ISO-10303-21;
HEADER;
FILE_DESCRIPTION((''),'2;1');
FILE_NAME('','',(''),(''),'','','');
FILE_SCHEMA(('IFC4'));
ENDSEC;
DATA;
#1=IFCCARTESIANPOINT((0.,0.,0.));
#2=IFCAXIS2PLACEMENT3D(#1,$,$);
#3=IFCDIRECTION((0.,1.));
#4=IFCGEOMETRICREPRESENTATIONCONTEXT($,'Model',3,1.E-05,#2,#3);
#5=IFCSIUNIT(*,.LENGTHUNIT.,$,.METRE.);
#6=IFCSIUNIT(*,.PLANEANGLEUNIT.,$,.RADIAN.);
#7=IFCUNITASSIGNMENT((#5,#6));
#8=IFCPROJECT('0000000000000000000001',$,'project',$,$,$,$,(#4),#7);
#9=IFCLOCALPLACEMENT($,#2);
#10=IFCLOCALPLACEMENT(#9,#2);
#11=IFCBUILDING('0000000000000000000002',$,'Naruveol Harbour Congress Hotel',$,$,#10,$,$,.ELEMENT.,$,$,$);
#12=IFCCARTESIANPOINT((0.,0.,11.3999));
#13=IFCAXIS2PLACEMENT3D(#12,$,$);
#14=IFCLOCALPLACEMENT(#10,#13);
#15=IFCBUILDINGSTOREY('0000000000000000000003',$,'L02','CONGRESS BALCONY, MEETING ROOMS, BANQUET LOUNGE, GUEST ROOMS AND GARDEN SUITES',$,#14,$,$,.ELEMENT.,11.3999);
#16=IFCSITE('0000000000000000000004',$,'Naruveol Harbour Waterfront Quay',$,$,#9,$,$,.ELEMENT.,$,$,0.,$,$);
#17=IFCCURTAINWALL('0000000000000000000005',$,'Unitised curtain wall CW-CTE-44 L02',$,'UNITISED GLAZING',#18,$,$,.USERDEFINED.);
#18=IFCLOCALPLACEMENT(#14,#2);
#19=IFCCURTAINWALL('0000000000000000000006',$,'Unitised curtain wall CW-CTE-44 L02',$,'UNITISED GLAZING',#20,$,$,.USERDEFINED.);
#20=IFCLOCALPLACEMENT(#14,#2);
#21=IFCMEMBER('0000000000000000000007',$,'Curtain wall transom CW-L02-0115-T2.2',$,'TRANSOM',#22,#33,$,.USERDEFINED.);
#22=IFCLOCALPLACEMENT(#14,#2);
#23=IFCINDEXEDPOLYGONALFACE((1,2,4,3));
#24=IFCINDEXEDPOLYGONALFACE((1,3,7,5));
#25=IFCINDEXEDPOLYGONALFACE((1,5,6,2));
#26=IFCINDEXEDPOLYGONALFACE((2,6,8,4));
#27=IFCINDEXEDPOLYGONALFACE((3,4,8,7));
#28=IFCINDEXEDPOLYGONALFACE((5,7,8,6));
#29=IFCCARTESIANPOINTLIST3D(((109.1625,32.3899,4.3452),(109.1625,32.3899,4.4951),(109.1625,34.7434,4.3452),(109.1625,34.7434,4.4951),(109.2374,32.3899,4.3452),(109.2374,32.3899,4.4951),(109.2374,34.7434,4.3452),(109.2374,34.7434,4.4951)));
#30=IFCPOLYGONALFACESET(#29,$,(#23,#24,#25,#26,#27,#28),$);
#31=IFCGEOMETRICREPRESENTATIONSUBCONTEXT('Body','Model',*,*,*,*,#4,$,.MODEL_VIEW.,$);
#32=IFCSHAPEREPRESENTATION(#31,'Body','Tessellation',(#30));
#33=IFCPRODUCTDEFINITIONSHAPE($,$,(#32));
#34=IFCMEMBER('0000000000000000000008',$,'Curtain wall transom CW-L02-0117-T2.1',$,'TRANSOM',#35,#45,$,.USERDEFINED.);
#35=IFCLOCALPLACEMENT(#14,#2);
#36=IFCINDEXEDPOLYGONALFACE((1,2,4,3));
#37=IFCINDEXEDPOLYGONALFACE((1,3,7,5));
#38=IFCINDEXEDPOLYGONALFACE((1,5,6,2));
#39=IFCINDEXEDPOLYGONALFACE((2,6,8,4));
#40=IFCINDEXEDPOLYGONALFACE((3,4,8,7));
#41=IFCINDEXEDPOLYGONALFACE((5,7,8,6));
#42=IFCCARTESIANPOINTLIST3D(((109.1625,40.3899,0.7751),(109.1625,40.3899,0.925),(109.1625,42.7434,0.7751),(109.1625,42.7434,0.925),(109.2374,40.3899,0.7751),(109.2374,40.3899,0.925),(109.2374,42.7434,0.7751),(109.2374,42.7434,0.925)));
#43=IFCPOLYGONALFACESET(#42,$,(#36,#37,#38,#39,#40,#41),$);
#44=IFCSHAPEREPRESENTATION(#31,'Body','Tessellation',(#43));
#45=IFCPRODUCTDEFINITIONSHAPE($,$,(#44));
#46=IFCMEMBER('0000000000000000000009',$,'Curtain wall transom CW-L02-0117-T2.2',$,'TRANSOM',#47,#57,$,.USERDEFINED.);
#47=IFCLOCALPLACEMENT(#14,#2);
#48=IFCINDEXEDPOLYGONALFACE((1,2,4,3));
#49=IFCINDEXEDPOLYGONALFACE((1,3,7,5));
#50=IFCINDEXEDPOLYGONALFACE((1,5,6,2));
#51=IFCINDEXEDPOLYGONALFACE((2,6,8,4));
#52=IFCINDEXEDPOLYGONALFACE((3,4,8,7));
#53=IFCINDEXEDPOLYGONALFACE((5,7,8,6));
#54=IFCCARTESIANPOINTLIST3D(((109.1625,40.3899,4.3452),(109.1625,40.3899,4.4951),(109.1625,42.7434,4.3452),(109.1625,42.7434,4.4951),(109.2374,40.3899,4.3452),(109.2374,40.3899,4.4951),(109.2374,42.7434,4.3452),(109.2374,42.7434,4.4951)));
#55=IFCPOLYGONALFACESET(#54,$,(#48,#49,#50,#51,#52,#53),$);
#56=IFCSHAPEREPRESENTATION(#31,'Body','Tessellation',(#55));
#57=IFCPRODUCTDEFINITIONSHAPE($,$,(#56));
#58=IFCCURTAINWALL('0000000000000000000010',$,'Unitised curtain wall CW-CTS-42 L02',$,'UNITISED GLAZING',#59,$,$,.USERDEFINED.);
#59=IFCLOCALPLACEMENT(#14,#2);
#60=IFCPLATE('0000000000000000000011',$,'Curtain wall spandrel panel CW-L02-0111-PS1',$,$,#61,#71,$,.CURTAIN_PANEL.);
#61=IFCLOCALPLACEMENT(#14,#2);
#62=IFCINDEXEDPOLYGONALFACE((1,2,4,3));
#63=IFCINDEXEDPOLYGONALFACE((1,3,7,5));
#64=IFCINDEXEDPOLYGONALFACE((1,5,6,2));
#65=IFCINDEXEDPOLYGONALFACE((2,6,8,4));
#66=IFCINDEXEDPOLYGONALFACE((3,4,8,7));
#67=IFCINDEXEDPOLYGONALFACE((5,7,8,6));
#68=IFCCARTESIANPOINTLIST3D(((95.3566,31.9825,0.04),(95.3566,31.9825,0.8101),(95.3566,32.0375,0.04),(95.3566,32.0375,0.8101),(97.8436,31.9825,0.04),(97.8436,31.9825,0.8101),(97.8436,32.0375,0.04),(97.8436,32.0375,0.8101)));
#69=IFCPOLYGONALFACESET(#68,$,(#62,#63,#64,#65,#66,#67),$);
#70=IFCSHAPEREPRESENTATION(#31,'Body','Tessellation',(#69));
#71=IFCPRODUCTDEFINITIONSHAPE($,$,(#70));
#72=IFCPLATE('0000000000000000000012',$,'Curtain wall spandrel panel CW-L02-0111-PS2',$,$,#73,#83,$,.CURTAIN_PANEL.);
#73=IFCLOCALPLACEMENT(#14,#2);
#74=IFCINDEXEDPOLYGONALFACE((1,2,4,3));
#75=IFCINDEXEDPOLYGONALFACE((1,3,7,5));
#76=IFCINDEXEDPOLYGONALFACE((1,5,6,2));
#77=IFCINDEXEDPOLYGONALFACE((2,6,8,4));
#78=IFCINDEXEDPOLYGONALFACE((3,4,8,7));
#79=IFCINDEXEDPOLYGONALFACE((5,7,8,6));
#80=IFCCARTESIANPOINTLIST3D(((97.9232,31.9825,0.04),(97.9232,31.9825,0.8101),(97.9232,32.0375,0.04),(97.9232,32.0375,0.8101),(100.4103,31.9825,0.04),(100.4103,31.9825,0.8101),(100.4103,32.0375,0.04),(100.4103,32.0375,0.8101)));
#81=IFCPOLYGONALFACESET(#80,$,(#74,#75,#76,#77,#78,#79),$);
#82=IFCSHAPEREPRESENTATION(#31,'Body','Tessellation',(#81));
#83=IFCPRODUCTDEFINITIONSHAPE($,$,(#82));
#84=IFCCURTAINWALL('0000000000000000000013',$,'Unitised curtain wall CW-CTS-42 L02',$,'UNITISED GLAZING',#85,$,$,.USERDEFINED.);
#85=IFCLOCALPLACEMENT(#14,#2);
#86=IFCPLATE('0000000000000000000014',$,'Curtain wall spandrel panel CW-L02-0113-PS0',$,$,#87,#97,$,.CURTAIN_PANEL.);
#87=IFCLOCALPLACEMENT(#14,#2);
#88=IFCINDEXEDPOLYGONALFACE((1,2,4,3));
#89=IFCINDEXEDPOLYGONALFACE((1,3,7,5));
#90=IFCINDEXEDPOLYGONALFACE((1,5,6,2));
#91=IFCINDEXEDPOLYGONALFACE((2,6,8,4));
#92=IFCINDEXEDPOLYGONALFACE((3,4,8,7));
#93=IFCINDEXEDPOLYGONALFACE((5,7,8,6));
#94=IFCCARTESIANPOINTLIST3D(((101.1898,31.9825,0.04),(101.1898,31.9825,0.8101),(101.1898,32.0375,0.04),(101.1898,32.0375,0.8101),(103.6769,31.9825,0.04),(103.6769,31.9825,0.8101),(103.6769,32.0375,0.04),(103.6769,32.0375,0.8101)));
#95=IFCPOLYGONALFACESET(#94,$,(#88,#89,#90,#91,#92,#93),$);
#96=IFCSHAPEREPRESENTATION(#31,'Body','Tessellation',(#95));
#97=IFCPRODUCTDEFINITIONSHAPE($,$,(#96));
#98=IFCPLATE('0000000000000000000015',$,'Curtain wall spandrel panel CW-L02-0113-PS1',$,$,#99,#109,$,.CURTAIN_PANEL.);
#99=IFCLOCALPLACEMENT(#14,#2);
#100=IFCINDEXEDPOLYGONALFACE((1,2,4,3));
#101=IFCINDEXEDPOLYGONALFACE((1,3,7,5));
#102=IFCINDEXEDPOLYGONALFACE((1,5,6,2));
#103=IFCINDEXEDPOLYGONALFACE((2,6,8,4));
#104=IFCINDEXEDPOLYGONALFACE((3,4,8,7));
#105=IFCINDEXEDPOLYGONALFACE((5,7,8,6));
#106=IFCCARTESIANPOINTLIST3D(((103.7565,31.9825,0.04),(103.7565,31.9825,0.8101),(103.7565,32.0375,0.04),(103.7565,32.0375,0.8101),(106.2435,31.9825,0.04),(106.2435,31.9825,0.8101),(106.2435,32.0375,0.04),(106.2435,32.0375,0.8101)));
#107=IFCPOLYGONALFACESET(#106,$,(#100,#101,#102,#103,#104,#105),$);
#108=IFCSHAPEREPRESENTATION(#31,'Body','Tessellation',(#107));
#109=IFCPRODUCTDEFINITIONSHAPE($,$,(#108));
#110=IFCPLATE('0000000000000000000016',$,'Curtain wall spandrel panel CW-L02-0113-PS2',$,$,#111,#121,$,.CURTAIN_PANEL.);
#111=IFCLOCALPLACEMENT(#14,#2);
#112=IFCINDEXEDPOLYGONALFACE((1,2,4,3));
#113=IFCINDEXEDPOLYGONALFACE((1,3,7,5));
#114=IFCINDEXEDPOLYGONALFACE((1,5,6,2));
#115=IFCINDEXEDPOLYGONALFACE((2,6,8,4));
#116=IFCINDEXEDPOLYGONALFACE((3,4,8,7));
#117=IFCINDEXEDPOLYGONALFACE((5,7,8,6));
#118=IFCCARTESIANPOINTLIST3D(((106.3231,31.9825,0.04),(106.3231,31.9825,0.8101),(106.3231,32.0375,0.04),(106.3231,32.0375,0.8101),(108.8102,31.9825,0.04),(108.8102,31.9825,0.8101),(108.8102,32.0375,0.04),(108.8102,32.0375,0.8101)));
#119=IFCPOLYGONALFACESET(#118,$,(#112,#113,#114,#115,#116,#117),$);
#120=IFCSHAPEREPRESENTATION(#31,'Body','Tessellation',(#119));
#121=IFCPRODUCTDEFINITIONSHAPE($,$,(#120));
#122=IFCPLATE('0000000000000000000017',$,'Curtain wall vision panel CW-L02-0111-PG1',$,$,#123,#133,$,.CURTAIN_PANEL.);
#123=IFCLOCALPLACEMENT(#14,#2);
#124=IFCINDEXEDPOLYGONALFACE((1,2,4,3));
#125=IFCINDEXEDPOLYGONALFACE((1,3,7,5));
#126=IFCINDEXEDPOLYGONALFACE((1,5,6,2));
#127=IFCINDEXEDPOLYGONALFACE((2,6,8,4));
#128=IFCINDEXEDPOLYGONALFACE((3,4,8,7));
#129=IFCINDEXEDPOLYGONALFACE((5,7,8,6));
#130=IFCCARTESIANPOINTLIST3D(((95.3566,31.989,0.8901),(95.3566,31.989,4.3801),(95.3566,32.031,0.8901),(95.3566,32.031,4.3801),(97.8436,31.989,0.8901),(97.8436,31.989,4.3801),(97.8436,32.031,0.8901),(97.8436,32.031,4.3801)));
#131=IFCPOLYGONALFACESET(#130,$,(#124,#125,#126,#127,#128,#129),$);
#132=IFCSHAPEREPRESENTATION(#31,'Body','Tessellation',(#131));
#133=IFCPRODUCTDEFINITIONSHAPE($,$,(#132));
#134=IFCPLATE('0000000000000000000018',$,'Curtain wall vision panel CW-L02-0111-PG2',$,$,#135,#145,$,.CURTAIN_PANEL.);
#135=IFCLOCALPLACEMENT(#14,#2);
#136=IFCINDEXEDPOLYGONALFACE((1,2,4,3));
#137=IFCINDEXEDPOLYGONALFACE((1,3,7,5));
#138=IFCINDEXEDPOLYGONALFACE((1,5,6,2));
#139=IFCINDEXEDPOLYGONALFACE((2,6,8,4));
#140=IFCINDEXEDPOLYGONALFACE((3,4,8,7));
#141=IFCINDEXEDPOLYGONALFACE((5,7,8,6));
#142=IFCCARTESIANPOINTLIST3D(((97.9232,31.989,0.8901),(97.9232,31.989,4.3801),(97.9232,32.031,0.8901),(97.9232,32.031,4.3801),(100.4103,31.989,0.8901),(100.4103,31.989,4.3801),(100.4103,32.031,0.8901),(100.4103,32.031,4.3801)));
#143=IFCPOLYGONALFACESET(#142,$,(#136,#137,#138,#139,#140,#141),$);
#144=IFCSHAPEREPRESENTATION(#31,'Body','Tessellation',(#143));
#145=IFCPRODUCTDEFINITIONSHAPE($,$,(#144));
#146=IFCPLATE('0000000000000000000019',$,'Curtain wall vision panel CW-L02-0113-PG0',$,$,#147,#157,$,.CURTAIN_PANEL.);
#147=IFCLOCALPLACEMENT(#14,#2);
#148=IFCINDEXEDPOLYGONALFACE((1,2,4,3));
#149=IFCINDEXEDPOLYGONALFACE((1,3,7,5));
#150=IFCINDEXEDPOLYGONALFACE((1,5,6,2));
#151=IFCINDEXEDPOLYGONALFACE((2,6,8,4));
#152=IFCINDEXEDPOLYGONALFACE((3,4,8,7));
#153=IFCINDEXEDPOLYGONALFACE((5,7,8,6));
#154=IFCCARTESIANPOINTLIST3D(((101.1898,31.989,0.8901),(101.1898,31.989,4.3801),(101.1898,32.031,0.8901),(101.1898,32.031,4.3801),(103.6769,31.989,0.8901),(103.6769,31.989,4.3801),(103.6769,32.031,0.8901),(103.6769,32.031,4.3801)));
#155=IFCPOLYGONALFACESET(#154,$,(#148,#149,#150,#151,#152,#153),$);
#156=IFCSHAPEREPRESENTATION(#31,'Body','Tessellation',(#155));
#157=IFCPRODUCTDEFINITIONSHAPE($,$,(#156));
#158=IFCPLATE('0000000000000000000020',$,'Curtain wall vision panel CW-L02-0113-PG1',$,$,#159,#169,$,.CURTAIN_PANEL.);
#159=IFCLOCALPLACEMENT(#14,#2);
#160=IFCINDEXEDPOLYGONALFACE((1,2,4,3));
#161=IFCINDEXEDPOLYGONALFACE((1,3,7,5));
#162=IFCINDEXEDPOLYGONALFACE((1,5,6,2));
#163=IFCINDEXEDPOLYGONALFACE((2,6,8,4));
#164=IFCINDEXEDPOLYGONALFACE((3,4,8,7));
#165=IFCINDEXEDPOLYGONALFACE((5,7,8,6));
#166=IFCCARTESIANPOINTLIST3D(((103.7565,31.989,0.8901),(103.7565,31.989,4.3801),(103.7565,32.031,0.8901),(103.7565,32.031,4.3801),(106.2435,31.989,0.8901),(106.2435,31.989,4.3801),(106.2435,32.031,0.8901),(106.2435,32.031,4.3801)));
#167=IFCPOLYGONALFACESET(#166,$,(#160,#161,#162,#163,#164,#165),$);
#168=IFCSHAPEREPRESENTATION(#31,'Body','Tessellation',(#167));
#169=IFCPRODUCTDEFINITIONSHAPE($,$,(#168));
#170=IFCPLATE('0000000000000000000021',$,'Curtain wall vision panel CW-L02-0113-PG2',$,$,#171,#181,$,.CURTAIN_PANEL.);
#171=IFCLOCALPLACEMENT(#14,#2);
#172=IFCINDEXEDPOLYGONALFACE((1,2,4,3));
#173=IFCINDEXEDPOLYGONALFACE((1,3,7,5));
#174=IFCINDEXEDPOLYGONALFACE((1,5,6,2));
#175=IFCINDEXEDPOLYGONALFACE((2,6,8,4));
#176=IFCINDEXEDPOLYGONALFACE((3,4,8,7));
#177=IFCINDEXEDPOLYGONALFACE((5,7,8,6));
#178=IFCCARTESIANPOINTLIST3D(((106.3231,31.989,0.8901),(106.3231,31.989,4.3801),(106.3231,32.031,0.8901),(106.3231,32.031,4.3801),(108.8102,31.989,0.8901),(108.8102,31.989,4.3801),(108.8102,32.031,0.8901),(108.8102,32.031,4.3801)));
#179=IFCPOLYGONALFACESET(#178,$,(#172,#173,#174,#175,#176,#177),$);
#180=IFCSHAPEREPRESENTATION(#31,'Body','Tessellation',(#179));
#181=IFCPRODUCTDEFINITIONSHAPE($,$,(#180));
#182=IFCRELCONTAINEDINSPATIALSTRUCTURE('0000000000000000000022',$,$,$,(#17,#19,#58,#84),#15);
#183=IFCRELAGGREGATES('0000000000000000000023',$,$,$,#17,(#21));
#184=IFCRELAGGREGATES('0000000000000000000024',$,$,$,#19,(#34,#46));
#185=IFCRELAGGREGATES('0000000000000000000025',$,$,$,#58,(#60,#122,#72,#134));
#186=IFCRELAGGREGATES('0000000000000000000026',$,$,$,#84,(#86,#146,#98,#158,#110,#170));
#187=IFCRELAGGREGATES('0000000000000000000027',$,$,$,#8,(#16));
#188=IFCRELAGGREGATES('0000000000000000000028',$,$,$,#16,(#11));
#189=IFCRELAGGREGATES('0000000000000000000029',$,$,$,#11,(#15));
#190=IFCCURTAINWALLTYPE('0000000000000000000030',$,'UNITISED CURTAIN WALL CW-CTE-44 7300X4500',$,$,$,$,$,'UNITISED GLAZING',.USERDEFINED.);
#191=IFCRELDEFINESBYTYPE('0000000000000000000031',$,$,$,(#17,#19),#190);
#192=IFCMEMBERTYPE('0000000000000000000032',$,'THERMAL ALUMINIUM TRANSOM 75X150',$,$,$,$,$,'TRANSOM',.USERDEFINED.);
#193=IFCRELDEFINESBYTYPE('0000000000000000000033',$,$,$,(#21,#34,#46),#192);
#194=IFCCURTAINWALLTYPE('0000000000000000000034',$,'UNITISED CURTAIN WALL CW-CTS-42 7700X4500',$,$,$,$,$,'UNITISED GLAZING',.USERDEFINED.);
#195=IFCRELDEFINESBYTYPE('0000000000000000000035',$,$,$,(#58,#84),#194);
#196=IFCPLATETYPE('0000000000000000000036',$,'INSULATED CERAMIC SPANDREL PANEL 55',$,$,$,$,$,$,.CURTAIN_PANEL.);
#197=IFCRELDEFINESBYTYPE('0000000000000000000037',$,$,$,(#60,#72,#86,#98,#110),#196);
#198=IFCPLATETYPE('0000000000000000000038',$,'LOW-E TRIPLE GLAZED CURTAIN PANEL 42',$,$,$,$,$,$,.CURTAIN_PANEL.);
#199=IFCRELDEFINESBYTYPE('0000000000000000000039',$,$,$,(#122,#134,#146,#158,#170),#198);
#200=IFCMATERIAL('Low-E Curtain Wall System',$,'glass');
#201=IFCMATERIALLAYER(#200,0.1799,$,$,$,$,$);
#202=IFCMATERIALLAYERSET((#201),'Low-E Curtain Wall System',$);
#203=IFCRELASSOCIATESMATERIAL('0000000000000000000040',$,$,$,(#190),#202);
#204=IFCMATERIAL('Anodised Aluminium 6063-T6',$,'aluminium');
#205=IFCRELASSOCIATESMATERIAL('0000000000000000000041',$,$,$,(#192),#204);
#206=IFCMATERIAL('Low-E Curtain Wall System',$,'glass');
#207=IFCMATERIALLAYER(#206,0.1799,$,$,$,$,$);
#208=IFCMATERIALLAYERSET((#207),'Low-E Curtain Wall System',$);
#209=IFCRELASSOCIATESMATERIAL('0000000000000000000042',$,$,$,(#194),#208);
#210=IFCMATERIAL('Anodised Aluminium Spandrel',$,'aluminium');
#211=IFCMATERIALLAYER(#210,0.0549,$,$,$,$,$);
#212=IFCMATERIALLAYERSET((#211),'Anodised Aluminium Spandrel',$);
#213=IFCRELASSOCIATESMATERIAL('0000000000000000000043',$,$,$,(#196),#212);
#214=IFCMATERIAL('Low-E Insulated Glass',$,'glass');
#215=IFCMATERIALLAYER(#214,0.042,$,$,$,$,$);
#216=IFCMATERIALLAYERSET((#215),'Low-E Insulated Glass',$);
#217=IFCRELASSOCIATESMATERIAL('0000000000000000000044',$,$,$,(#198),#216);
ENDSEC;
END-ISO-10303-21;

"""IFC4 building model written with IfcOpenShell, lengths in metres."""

from ifc_helpers import new_model, si_unit, direction, frame, origin, origin_2d, place, context, subcontext, project, spatial, rectangle, extrude, material, layer, layer_set, material_profile, profile_set, type_object, element, aggregate, save


model = new_model("IFC4")

# Units and contexts
model_context = context("Model", 3, precision=1e-05, world=origin(), true_north=direction((0.0, 1.0)))
body_context = subcontext(model_context, "Body", "Model", "MODEL_VIEW")
ifc_project = project(units=[si_unit("LENGTHUNIT", "METRE"), si_unit("PLANEANGLEUNIT", "RADIAN")], contexts=[model_context])

# Site, building, storey
site_placement = place(None, origin())
site = spatial("IfcSite", under=ifc_project, at=site_placement, Name="Naruveol Harbour Waterfront Quay", CompositionType="ELEMENT", RefElevation=0.0)
building_placement = place(site_placement, origin())
building = spatial("IfcBuilding", under=site, at=building_placement, Name="Naruveol Harbour Congress Hotel", CompositionType="ELEMENT")
storey_placement = place(building_placement, frame((0.0, 0.0, 11.3999)))
storey = spatial("IfcBuildingStorey", under=building, at=storey_placement, Name="L02", Description="CONGRESS BALCONY, MEETING ROOMS, BANQUET LOUNGE, GUEST ROOMS AND GARDEN SUITES", CompositionType="ELEMENT", Elevation=11.3999)

# Curtain walls
ifc_material_1 = material(Name="Low-E Curtain Wall System", Category="glass")
ifc_layer_1 = layer(ifc_material_1, 0.1799)
ifc_layer_set_1 = layer_set([ifc_layer_1], Name="Low-E Curtain Wall System")
curtain_wall_type_1 = type_object("IfcCurtainWallType", Name="UNITISED CURTAIN WALL CW-CTE-44 7300X4500", ElementType="UNITISED GLAZING", PredefinedType="USERDEFINED", material=ifc_layer_set_1)
curtain_wall_1_placement = place(storey_placement, origin())
curtain_wall_1 = element("IfcCurtainWall", 1, at=curtain_wall_1_placement, inside=storey, type_object=curtain_wall_type_1, Name="Unitised curtain wall CW-CTE-44 L02", ObjectType="UNITISED GLAZING", PredefinedType="USERDEFINED")
curtain_wall_2_placement = place(storey_placement, origin())
curtain_wall_2 = element("IfcCurtainWall", 2, at=curtain_wall_2_placement, inside=storey, type_object=curtain_wall_type_1, Name="Unitised curtain wall CW-CTE-44 L02", ObjectType="UNITISED GLAZING", PredefinedType="USERDEFINED")

# Members
ifc_material_2 = material(Name="Anodised Aluminium 6063-T6", Category="aluminium")
ifc_material_profile_1 = material_profile(ifc_material_2, rectangle(XDim=0.075, YDim=0.1499, at=origin_2d()), Name="ALU-75x150")
ifc_profile_set_1 = profile_set([ifc_material_profile_1], Name="Anodised Aluminium 6063-T6")
member_type_1 = type_object("IfcMemberType", Name="THERMAL ALUMINIUM TRANSOM 75X150", ElementType="TRANSOM", PredefinedType="USERDEFINED", material=ifc_profile_set_1)
member_1_placement = place(storey_placement, frame((109.2, 34.7434, 4.4202), z_axis=(0.0, -1.0, 0.0), x_axis=(1.0, 0.0, 0.0)))
member_1 = element("IfcMember", 3, at=member_1_placement, type_object=member_type_1, Name="Curtain wall transom CW-L02-0115-T2.2", ObjectType="TRANSOM", PredefinedType="USERDEFINED", context=body_context, shape_type="SweptSolid", body=[
    extrude(rectangle(XDim=0.075, YDim=0.1499, at=origin_2d()), origin(), (0.0, 0.0, 1.0), 2.3535),
])
aggregate(curtain_wall_1, [member_1])
member_2_placement = place(storey_placement, frame((109.2, 42.7434, 0.8501), z_axis=(0.0, -1.0, 0.0), x_axis=(1.0, 0.0, 0.0)))
member_2 = element("IfcMember", 4, at=member_2_placement, type_object=member_type_1, Name="Curtain wall transom CW-L02-0117-T2.1", ObjectType="TRANSOM", PredefinedType="USERDEFINED", context=body_context, shape_type="SweptSolid", body=[
    extrude(rectangle(XDim=0.075, YDim=0.1499, at=origin_2d()), origin(), (0.0, 0.0, 1.0), 2.3535),
])
member_3_placement = place(storey_placement, frame((109.2, 42.7434, 4.4202), z_axis=(0.0, -1.0, 0.0), x_axis=(1.0, 0.0, 0.0)))
member_3 = element("IfcMember", 5, at=member_3_placement, type_object=member_type_1, Name="Curtain wall transom CW-L02-0117-T2.2", ObjectType="TRANSOM", PredefinedType="USERDEFINED", context=body_context, shape_type="SweptSolid", body=[
    extrude(rectangle(XDim=0.075, YDim=0.1499, at=origin_2d()), origin(), (0.0, 0.0, 1.0), 2.3535),
])
aggregate(curtain_wall_2, [member_2, member_3])

# Curtain walls, plates
ifc_material_3 = material(Name="Low-E Curtain Wall System", Category="glass")
ifc_layer_2 = layer(ifc_material_3, 0.1799)
ifc_layer_set_2 = layer_set([ifc_layer_2], Name="Low-E Curtain Wall System")
curtain_wall_type_2 = type_object("IfcCurtainWallType", Name="UNITISED CURTAIN WALL CW-CTS-42 7700X4500", ElementType="UNITISED GLAZING", PredefinedType="USERDEFINED", material=ifc_layer_set_2)
curtain_wall_3_placement = place(storey_placement, origin())
curtain_wall_3 = element("IfcCurtainWall", 6, at=curtain_wall_3_placement, inside=storey, type_object=curtain_wall_type_2, Name="Unitised curtain wall CW-CTS-42 L02", ObjectType="UNITISED GLAZING", PredefinedType="USERDEFINED")
ifc_material_4 = material(Name="Anodised Aluminium Spandrel", Category="aluminium")
ifc_layer_3 = layer(ifc_material_4, 0.0549)
ifc_layer_set_3 = layer_set([ifc_layer_3], Name="Anodised Aluminium Spandrel")
plate_type_1 = type_object("IfcPlateType", Name="INSULATED CERAMIC SPANDREL PANEL 55", PredefinedType="CURTAIN_PANEL", material=ifc_layer_set_3)
plate_1_placement = place(storey_placement, frame((96.6001, 32.01, 0.04), z_axis=(0.0, 0.0, 1.0), x_axis=(1.0, 0.0, 0.0)))
plate_1 = element("IfcPlate", 7, at=plate_1_placement, type_object=plate_type_1, Name="Curtain wall spandrel panel CW-L02-0111-PS1", PredefinedType="CURTAIN_PANEL", context=body_context, shape_type="SweptSolid", body=[
    extrude(rectangle(XDim=2.4871, YDim=0.0549, at=origin_2d()), origin(), (0.0, 0.0, 1.0), 0.77),
])
plate_2_placement = place(storey_placement, frame((99.1667, 32.01, 0.04), z_axis=(0.0, 0.0, 1.0), x_axis=(1.0, 0.0, 0.0)))
plate_2 = element("IfcPlate", 8, at=plate_2_placement, type_object=plate_type_1, Name="Curtain wall spandrel panel CW-L02-0111-PS2", PredefinedType="CURTAIN_PANEL", context=body_context, shape_type="SweptSolid", body=[
    extrude(rectangle(XDim=2.4871, YDim=0.0549, at=origin_2d()), origin(), (0.0, 0.0, 1.0), 0.77),
])
curtain_wall_4_placement = place(storey_placement, origin())
curtain_wall_4 = element("IfcCurtainWall", 9, at=curtain_wall_4_placement, inside=storey, type_object=curtain_wall_type_2, Name="Unitised curtain wall CW-CTS-42 L02", ObjectType="UNITISED GLAZING", PredefinedType="USERDEFINED")
plate_3_placement = place(storey_placement, frame((102.4333, 32.01, 0.04), z_axis=(0.0, 0.0, 1.0), x_axis=(1.0, 0.0, 0.0)))
plate_3 = element("IfcPlate", 10, at=plate_3_placement, type_object=plate_type_1, Name="Curtain wall spandrel panel CW-L02-0113-PS0", PredefinedType="CURTAIN_PANEL", context=body_context, shape_type="SweptSolid", body=[
    extrude(rectangle(XDim=2.4871, YDim=0.0549, at=origin_2d()), origin(), (0.0, 0.0, 1.0), 0.77),
])
plate_4_placement = place(storey_placement, frame((105.0, 32.01, 0.04), z_axis=(0.0, 0.0, 1.0), x_axis=(1.0, 0.0, 0.0)))
plate_4 = element("IfcPlate", 11, at=plate_4_placement, type_object=plate_type_1, Name="Curtain wall spandrel panel CW-L02-0113-PS1", PredefinedType="CURTAIN_PANEL", context=body_context, shape_type="SweptSolid", body=[
    extrude(rectangle(XDim=2.4871, YDim=0.0549, at=origin_2d()), origin(), (0.0, 0.0, 1.0), 0.77),
])
plate_5_placement = place(storey_placement, frame((107.5667, 32.01, 0.04), z_axis=(0.0, 0.0, 1.0), x_axis=(1.0, 0.0, 0.0)))
plate_5 = element("IfcPlate", 12, at=plate_5_placement, type_object=plate_type_1, Name="Curtain wall spandrel panel CW-L02-0113-PS2", PredefinedType="CURTAIN_PANEL", context=body_context, shape_type="SweptSolid", body=[
    extrude(rectangle(XDim=2.4871, YDim=0.0549, at=origin_2d()), origin(), (0.0, 0.0, 1.0), 0.77),
])

# Plates
ifc_material_5 = material(Name="Low-E Insulated Glass", Category="glass")
ifc_layer_4 = layer(ifc_material_5, 0.042)
ifc_layer_set_4 = layer_set([ifc_layer_4], Name="Low-E Insulated Glass")
plate_type_2 = type_object("IfcPlateType", Name="LOW-E TRIPLE GLAZED CURTAIN PANEL 42", PredefinedType="CURTAIN_PANEL", material=ifc_layer_set_4)
plate_6_placement = place(storey_placement, frame((96.6001, 32.01, 0.8901), z_axis=(0.0, 0.0, 1.0), x_axis=(1.0, 0.0, 0.0)))
plate_6 = element("IfcPlate", 13, at=plate_6_placement, type_object=plate_type_2, Name="Curtain wall vision panel CW-L02-0111-PG1", PredefinedType="CURTAIN_PANEL", context=body_context, shape_type="SweptSolid", body=[
    extrude(rectangle(XDim=2.4871, YDim=0.042, at=origin_2d()), origin(), (0.0, 0.0, 1.0), 3.49),
])
plate_7_placement = place(storey_placement, frame((99.1667, 32.01, 0.8901), z_axis=(0.0, 0.0, 1.0), x_axis=(1.0, 0.0, 0.0)))
plate_7 = element("IfcPlate", 14, at=plate_7_placement, type_object=plate_type_2, Name="Curtain wall vision panel CW-L02-0111-PG2", PredefinedType="CURTAIN_PANEL", context=body_context, shape_type="SweptSolid", body=[
    extrude(rectangle(XDim=2.4871, YDim=0.042, at=origin_2d()), origin(), (0.0, 0.0, 1.0), 3.49),
])
aggregate(curtain_wall_3, [plate_1, plate_6, plate_2, plate_7])
plate_8_placement = place(storey_placement, frame((102.4333, 32.01, 0.8901), z_axis=(0.0, 0.0, 1.0), x_axis=(1.0, 0.0, 0.0)))
plate_8 = element("IfcPlate", 15, at=plate_8_placement, type_object=plate_type_2, Name="Curtain wall vision panel CW-L02-0113-PG0", PredefinedType="CURTAIN_PANEL", context=body_context, shape_type="SweptSolid", body=[
    extrude(rectangle(XDim=2.4871, YDim=0.042, at=origin_2d()), origin(), (0.0, 0.0, 1.0), 3.49),
])
plate_9_placement = place(storey_placement, frame((105.0, 32.01, 0.8901), z_axis=(0.0, 0.0, 1.0), x_axis=(1.0, 0.0, 0.0)))
plate_9 = element("IfcPlate", 16, at=plate_9_placement, type_object=plate_type_2, Name="Curtain wall vision panel CW-L02-0113-PG1", PredefinedType="CURTAIN_PANEL", context=body_context, shape_type="SweptSolid", body=[
    extrude(rectangle(XDim=2.4871, YDim=0.042, at=origin_2d()), origin(), (0.0, 0.0, 1.0), 3.49),
])
plate_10_placement = place(storey_placement, frame((107.5667, 32.01, 0.8901), z_axis=(0.0, 0.0, 1.0), x_axis=(1.0, 0.0, 0.0)))
plate_10 = element("IfcPlate", 17, at=plate_10_placement, type_object=plate_type_2, Name="Curtain wall vision panel CW-L02-0113-PG2", PredefinedType="CURTAIN_PANEL", context=body_context, shape_type="SweptSolid", body=[
    extrude(rectangle(XDim=2.4871, YDim=0.042, at=origin_2d()), origin(), (0.0, 0.0, 1.0), 3.49),
])
aggregate(curtain_wall_4, [plate_3, plate_8, plate_4, plate_9, plate_5, plate_10])

save(model, "model.ifc")
